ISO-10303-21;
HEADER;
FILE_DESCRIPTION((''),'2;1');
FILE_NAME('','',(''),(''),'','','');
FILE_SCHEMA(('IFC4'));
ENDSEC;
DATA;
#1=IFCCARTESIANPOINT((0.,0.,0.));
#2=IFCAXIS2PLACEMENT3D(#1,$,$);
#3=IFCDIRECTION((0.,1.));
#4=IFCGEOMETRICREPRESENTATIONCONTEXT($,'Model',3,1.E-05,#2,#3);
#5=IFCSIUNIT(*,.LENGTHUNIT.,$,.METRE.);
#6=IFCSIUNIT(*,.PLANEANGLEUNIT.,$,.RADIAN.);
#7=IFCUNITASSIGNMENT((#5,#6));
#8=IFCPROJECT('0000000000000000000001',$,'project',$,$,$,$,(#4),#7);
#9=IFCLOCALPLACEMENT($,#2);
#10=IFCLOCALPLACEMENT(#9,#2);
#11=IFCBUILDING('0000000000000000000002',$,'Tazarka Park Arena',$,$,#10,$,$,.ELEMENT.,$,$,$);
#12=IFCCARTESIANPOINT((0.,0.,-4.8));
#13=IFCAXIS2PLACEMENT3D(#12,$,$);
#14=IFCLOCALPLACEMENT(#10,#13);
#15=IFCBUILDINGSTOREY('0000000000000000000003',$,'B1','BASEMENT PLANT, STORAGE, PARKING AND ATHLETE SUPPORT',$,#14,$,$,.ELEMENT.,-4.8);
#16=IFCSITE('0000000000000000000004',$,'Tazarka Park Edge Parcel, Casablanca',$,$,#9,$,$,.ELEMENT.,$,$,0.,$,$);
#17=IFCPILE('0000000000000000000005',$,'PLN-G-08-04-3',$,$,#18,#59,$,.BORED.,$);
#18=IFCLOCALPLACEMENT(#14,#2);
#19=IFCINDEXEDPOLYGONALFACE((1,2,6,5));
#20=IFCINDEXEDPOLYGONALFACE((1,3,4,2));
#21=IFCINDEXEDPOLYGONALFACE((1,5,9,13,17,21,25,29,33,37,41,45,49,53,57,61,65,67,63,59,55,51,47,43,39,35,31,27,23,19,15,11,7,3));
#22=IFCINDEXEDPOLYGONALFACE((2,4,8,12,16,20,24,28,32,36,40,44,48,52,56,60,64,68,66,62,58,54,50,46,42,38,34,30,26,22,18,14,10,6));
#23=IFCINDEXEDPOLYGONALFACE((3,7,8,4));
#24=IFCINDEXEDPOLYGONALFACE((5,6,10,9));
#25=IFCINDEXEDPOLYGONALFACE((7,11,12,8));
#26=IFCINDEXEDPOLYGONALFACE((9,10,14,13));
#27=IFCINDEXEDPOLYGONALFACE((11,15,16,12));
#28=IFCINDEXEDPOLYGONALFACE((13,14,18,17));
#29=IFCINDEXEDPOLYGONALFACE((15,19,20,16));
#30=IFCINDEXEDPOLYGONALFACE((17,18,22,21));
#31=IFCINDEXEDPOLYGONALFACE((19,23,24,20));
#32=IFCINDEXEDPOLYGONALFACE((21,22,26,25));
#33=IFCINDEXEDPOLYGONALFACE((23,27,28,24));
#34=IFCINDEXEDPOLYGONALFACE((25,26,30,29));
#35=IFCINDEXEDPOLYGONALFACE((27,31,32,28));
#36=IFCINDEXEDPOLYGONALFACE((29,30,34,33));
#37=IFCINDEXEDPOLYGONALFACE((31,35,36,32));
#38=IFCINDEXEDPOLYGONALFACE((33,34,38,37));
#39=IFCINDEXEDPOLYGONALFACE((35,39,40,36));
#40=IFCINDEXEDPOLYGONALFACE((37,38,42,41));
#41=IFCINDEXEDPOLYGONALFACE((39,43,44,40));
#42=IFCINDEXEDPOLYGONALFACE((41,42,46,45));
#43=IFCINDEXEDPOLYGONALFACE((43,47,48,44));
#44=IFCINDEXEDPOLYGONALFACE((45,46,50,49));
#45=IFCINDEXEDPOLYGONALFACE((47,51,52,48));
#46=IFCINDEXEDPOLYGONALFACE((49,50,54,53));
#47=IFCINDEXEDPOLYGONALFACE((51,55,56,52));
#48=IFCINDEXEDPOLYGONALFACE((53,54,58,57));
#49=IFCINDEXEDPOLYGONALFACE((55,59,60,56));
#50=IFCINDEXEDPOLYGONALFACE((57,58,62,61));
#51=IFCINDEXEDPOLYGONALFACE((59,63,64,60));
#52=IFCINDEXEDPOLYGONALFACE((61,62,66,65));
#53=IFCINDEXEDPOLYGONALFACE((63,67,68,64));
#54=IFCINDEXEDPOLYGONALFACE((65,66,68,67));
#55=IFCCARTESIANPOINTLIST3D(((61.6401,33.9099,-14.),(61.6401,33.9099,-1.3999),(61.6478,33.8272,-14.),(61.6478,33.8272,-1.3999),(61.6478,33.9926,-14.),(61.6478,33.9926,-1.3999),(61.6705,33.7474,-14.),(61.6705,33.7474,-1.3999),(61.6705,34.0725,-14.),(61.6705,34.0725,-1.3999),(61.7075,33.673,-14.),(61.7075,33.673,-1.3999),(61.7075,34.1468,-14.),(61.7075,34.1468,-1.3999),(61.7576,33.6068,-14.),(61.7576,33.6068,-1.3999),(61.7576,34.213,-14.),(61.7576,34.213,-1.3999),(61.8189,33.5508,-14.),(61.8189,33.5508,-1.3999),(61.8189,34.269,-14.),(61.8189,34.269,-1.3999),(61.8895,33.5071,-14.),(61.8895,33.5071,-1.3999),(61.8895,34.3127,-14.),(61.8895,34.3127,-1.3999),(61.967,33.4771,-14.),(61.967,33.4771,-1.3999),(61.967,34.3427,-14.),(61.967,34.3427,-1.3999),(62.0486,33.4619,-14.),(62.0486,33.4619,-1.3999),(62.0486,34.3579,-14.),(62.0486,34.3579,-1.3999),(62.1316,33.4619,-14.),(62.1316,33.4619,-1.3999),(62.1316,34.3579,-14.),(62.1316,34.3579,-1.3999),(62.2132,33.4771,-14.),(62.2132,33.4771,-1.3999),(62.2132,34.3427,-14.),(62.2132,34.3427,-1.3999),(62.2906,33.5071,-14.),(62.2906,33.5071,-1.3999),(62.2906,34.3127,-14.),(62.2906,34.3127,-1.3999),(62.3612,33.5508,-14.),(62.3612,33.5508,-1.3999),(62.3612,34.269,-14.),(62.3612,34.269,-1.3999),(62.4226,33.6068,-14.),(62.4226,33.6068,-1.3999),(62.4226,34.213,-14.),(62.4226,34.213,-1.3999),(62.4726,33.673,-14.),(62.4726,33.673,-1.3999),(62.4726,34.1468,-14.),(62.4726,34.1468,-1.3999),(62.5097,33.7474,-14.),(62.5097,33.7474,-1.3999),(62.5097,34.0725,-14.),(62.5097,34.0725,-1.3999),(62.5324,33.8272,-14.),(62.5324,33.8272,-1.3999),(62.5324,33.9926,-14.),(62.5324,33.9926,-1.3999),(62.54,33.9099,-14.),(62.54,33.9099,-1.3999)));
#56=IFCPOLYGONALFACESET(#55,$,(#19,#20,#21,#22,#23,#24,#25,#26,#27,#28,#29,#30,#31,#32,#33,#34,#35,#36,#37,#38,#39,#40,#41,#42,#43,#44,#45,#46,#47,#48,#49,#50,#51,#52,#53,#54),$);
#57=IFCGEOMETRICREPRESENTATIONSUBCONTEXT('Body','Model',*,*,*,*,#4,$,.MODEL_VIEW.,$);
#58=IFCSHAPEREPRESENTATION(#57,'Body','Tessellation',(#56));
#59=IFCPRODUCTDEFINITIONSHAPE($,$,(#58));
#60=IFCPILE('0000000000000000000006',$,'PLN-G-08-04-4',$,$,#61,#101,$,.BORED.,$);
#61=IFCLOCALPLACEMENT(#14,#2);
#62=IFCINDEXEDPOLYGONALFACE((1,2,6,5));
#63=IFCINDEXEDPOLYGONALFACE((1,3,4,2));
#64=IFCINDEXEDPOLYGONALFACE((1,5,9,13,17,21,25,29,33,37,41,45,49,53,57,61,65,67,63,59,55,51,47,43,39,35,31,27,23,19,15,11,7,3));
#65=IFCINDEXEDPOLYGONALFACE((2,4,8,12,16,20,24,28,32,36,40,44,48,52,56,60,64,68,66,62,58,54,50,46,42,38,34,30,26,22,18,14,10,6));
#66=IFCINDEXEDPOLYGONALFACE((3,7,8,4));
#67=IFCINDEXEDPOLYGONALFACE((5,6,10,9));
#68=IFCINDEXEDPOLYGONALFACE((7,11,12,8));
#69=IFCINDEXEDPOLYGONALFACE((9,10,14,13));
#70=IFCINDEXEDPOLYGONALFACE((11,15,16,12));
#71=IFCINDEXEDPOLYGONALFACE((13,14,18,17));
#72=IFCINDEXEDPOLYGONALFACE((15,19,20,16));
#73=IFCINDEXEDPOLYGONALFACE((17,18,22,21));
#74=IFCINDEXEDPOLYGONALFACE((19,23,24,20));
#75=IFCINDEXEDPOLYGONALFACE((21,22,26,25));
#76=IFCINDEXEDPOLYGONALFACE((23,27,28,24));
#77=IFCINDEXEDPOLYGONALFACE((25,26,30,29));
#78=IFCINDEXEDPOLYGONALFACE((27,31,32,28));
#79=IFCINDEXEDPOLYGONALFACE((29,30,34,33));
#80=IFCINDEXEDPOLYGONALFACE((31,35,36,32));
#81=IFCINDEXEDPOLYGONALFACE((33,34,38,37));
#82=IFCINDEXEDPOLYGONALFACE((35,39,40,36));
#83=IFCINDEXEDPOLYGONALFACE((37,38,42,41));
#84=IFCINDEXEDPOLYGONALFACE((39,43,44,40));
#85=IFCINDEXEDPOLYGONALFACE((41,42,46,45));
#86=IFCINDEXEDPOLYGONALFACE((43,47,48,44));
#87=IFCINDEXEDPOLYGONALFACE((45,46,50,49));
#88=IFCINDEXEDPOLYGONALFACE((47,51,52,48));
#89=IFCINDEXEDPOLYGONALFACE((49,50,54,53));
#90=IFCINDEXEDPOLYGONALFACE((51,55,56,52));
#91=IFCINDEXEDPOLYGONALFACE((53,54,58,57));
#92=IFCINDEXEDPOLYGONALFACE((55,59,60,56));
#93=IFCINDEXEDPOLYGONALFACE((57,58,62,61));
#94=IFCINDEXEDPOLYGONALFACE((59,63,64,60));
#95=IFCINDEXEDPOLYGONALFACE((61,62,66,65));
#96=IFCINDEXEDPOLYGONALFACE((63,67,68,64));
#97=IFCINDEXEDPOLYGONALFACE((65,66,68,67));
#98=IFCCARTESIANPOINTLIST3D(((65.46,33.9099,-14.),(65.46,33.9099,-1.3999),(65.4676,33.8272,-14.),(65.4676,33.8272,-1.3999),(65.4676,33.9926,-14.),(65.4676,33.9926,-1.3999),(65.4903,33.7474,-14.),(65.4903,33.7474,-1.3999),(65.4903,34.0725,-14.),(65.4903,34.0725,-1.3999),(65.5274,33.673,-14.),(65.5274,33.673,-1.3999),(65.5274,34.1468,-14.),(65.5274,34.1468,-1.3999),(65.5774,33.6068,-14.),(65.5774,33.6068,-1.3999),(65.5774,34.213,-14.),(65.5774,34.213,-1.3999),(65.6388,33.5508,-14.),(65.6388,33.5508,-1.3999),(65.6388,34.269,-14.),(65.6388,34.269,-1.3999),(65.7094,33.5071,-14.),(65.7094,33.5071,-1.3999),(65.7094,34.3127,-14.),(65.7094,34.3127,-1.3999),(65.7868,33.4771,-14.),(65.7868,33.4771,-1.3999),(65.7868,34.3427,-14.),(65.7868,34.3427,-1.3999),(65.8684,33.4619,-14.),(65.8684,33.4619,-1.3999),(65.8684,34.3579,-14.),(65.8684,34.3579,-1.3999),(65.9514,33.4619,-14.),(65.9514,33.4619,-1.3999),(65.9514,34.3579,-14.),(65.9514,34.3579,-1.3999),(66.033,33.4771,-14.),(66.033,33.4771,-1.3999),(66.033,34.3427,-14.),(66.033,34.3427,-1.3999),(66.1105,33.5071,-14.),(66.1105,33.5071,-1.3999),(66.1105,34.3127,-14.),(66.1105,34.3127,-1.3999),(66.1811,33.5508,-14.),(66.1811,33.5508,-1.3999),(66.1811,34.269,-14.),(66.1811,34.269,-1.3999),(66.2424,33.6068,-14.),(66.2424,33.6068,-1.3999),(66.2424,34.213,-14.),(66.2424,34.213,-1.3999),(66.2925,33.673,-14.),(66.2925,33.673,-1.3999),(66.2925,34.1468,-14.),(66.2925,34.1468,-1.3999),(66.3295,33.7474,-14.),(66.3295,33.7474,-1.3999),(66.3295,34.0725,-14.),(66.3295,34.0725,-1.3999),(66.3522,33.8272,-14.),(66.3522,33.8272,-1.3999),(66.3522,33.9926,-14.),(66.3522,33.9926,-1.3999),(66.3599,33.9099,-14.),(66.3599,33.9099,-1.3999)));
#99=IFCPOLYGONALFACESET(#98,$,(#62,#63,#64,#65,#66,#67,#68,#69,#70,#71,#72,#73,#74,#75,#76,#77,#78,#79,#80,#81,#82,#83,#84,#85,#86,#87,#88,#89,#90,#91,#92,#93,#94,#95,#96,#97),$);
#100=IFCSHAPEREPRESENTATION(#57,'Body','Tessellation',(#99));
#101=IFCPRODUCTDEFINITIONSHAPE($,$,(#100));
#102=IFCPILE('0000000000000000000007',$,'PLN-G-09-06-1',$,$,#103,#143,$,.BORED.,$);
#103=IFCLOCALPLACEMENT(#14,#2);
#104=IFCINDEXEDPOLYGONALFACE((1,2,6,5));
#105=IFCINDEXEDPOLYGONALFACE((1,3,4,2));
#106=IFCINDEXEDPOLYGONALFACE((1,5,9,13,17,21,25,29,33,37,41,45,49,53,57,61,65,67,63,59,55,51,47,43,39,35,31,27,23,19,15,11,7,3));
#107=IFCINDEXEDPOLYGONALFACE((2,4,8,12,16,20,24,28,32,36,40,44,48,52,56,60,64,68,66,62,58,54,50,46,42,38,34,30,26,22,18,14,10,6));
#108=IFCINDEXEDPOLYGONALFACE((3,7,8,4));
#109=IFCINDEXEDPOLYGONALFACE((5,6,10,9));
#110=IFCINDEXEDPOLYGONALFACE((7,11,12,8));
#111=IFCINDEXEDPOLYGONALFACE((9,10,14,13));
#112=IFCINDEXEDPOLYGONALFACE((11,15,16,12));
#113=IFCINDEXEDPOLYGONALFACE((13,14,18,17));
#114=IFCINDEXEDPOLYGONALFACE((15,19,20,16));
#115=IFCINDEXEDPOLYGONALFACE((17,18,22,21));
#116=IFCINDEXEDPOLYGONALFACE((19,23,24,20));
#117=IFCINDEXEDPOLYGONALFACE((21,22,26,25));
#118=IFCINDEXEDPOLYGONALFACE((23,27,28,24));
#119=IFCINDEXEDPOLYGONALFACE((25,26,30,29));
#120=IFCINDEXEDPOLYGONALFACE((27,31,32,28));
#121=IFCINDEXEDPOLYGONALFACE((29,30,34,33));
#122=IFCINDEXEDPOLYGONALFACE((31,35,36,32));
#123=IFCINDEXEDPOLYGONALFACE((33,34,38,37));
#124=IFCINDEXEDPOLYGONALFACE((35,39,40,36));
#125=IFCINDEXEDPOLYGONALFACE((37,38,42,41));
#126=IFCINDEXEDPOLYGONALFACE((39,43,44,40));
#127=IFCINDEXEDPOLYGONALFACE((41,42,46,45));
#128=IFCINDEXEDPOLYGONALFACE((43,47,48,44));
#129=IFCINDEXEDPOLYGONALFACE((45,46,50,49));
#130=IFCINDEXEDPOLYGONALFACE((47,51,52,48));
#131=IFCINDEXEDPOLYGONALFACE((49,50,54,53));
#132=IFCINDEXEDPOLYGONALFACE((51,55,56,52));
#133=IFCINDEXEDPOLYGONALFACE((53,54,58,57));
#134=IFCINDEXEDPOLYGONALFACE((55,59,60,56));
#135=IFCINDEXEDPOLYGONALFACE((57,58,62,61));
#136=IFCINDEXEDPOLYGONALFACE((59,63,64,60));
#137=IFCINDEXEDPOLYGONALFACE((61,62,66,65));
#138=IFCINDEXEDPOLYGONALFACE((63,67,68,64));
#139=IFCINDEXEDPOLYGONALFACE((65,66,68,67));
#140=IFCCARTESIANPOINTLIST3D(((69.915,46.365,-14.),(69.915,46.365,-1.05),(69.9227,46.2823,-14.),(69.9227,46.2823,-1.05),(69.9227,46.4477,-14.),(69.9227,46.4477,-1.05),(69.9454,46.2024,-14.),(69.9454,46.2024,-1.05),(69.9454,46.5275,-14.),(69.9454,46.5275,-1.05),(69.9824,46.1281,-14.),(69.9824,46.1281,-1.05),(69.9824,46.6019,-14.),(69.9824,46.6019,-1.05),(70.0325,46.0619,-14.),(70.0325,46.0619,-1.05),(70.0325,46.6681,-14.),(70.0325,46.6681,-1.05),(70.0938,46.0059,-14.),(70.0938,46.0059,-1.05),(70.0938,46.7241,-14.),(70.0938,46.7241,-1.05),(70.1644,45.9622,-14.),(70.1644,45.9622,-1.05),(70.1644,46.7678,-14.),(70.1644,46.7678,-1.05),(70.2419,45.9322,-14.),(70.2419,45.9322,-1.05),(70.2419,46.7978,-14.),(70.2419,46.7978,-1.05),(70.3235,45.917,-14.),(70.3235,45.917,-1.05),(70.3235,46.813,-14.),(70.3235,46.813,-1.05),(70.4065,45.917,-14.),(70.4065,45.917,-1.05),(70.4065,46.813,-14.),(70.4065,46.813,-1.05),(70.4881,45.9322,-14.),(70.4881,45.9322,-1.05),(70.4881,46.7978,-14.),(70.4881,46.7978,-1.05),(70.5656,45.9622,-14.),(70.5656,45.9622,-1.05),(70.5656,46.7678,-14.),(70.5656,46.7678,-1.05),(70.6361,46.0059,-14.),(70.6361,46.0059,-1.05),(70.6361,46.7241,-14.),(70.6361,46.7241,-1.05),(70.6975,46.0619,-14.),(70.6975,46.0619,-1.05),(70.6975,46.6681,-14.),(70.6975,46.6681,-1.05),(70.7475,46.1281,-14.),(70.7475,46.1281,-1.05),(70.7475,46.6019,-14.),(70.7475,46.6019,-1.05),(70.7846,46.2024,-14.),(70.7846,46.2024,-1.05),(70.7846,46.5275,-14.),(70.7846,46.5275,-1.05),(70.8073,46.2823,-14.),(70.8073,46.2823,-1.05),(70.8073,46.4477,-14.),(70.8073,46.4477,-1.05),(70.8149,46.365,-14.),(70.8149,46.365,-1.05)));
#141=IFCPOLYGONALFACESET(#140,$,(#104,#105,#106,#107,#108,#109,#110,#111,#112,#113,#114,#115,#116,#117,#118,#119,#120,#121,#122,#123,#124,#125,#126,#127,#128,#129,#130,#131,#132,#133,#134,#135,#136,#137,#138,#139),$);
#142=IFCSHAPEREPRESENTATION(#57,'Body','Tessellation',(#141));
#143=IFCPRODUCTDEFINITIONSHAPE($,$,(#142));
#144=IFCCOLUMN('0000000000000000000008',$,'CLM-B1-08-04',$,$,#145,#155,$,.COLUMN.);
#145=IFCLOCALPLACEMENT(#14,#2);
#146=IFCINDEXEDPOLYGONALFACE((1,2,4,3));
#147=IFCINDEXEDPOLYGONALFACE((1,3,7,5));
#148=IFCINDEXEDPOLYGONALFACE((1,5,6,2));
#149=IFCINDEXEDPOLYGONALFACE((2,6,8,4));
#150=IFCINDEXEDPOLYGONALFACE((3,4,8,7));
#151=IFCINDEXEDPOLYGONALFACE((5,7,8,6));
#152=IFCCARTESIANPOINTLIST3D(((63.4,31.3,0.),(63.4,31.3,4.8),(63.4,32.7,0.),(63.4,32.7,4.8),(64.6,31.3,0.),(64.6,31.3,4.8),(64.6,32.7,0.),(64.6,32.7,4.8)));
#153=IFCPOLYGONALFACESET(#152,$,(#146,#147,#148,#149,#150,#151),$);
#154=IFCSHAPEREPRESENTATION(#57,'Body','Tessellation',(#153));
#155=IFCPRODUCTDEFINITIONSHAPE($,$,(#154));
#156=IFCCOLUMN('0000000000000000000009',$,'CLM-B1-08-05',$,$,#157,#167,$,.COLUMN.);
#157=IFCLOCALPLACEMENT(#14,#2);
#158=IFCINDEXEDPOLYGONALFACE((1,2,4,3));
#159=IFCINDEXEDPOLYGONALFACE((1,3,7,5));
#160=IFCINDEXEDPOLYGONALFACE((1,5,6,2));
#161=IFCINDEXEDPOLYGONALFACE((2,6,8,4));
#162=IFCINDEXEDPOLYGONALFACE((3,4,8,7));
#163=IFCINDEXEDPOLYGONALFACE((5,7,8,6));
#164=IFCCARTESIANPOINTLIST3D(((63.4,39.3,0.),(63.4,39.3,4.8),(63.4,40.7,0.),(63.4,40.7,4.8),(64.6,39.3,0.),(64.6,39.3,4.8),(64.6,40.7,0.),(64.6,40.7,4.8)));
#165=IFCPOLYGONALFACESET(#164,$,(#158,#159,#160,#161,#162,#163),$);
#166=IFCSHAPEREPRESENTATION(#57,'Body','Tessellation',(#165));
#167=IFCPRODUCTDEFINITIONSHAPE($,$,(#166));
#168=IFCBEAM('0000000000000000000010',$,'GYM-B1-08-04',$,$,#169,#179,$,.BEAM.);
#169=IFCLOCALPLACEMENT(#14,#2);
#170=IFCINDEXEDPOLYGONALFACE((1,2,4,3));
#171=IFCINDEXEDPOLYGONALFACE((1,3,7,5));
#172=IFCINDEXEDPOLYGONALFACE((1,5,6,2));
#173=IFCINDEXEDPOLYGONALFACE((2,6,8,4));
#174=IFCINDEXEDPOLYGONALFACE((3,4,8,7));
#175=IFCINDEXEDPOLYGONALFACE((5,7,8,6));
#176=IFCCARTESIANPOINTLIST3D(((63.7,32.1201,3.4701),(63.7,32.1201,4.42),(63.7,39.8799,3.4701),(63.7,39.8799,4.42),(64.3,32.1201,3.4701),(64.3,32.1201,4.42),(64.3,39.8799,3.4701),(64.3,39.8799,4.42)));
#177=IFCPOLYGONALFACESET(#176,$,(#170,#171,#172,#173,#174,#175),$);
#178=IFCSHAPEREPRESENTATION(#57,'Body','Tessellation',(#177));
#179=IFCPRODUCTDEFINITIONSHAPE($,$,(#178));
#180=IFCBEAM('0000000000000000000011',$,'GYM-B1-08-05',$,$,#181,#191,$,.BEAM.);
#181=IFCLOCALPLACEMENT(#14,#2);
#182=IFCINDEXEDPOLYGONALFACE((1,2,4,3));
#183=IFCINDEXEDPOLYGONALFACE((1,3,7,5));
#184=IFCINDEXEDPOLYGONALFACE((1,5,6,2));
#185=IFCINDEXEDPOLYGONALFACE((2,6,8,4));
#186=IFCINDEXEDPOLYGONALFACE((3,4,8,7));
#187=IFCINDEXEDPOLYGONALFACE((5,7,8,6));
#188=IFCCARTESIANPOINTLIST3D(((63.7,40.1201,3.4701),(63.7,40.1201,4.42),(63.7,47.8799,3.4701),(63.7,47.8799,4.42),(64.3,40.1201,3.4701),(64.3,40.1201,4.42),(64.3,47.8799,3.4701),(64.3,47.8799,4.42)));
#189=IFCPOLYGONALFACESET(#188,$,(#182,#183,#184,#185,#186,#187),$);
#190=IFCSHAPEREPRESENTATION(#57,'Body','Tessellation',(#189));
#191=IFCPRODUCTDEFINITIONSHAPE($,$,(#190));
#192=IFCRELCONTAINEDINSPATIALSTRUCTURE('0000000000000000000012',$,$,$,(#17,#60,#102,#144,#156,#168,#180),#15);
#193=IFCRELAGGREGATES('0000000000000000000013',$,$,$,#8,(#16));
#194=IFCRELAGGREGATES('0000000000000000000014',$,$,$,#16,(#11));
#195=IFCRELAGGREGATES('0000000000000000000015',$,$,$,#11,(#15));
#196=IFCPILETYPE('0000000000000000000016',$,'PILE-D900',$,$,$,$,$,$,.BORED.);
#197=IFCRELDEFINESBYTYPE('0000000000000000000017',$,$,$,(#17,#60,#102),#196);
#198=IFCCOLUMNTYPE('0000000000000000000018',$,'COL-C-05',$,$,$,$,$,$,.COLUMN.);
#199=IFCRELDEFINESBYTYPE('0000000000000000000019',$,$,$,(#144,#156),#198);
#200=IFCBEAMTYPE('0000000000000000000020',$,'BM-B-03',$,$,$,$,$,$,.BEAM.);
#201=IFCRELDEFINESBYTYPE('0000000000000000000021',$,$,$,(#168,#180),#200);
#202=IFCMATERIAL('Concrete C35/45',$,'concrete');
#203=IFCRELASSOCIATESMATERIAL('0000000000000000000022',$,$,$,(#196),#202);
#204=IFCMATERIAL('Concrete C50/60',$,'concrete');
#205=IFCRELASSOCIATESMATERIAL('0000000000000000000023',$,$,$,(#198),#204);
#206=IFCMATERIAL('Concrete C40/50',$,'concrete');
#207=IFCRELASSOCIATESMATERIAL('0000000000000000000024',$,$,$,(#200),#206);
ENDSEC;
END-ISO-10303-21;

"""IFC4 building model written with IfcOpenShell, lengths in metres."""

from ifc_helpers import new_model, si_unit, direction, frame, origin, origin_2d, place, context, subcontext, project, spatial, rectangle, circle, extrude, material, material_profile, profile_set, type_object, element, save


model = new_model("IFC4")

# Units and contexts
model_context = context("Model", 3, precision=1e-05, world=origin(), true_north=direction((0.0, 1.0)))
body_context = subcontext(model_context, "Body", "Model", "MODEL_VIEW")
ifc_project = project(units=[si_unit("LENGTHUNIT", "METRE"), si_unit("PLANEANGLEUNIT", "RADIAN")], contexts=[model_context])

# Site, building, storey
site_placement = place(None, origin())
site = spatial("IfcSite", under=ifc_project, at=site_placement, Name="Tazarka Park Edge Parcel, Casablanca", CompositionType="ELEMENT", RefElevation=0.0)
building_placement = place(site_placement, origin())
building = spatial("IfcBuilding", under=site, at=building_placement, Name="Tazarka Park Arena", CompositionType="ELEMENT")
storey_placement = place(building_placement, frame((0.0, 0.0, -4.8)))
storey = spatial("IfcBuildingStorey", under=building, at=storey_placement, Name="B1", Description="BASEMENT PLANT, STORAGE, PARKING AND ATHLETE SUPPORT", CompositionType="ELEMENT", Elevation=-4.8)

# Piles
ifc_material_1 = material(Name="Concrete C35/45", Category="concrete")
ifc_material_profile_1 = material_profile(ifc_material_1, circle(Radius=0.45, at=origin_2d()), Name="Concrete C35/45")
ifc_profile_set_1 = profile_set([ifc_material_profile_1], Name="Concrete C35/45")
pile_type_1 = type_object("IfcPileType", Name="PILE-D900", PredefinedType="BORED", material=ifc_profile_set_1)
for number, where, z_axis, x_axis, name in (
    (1, (62.0901, 33.9099, -1.3999), (0.0, 0.0, -1.0), (1.0, 0.0, 0.0), "PLN-G-08-04-3"),
    (2, (65.9099, 33.9099, -1.3999), (0.0, 0.0, -1.0), (1.0, 0.0, 0.0), "PLN-G-08-04-4"),
):
    element("IfcPile", number, at=place(storey_placement, frame(where, z_axis=z_axis, x_axis=x_axis)), inside=storey, type_object=pile_type_1, Name=name, PredefinedType="BORED", context=body_context, shape_type="SweptSolid", body=[
        extrude(circle(Radius=0.45, at=origin_2d()), origin(), (0.0, 0.0, 1.0), 12.6001),
    ])
pile_1_placement = place(storey_placement, frame((70.365, 46.365, -1.05), z_axis=(0.0, 0.0, -1.0), x_axis=(1.0, 0.0, 0.0)))
element("IfcPile", 3, at=pile_1_placement, inside=storey, type_object=pile_type_1, Name="PLN-G-09-06-1", PredefinedType="BORED", context=body_context, shape_type="SweptSolid", body=[
    extrude(circle(Radius=0.45, at=origin_2d()), origin(), (0.0, 0.0, 1.0), 12.95),
])

# Columns
ifc_material_2 = material(Name="Concrete C50/60", Category="concrete")
ifc_material_profile_2 = material_profile(ifc_material_2, rectangle(XDim=1.2, YDim=1.3999, at=origin_2d()), Name="Concrete C50/60")
ifc_profile_set_2 = profile_set([ifc_material_profile_2], Name="Concrete C50/60")
column_type = type_object("IfcColumnType", Name="COL-C-05", PredefinedType="COLUMN", material=ifc_profile_set_2)
for number, where, z_axis, x_axis, name in (
    (4, (64.0, 32.0, 0.0), (0.0, 0.0, 1.0), (1.0, 0.0, 0.0), "CLM-B1-08-04"),
    (5, (64.0, 40.0, 0.0), (0.0, 0.0, 1.0), (1.0, 0.0, 0.0), "CLM-B1-08-05"),
):
    element("IfcColumn", number, at=place(storey_placement, frame(where, z_axis=z_axis, x_axis=x_axis)), inside=storey, type_object=column_type, Name=name, PredefinedType="COLUMN", context=body_context, shape_type="SweptSolid", body=[
        extrude(rectangle(XDim=1.2, YDim=1.3999, at=origin_2d()), origin(), (0.0, 0.0, 1.0), 4.8),
    ])

# Beams
ifc_material_3 = material(Name="Concrete C40/50", Category="concrete")
ifc_material_profile_3 = material_profile(ifc_material_3, rectangle(XDim=0.6001, YDim=0.95, at=origin_2d()), Name="Concrete C40/50")
ifc_profile_set_3 = profile_set([ifc_material_profile_3], Name="Concrete C40/50")
beam_type_1 = type_object("IfcBeamType", Name="BM-B-03", PredefinedType="BEAM", material=ifc_profile_set_3)
for number, where, z_axis, x_axis, name in (
    (6, (64.0, 32.1201, 3.9451), (0.0, 1.0, 0.0), (-1.0, 0.0, 0.0), "GYM-B1-08-04"),
    (7, (64.0, 40.1201, 3.9451), (0.0, 1.0, 0.0), (-1.0, 0.0, 0.0), "GYM-B1-08-05"),
):
    element("IfcBeam", number, at=place(storey_placement, frame(where, z_axis=z_axis, x_axis=x_axis)), inside=storey, type_object=beam_type_1, Name=name, PredefinedType="BEAM", context=body_context, shape_type="SweptSolid", body=[
        extrude(rectangle(XDim=0.6001, YDim=0.95, at=origin_2d()), origin(), (0.0, 0.0, 1.0), 7.7598),
    ])

save(model, "model.ifc")
